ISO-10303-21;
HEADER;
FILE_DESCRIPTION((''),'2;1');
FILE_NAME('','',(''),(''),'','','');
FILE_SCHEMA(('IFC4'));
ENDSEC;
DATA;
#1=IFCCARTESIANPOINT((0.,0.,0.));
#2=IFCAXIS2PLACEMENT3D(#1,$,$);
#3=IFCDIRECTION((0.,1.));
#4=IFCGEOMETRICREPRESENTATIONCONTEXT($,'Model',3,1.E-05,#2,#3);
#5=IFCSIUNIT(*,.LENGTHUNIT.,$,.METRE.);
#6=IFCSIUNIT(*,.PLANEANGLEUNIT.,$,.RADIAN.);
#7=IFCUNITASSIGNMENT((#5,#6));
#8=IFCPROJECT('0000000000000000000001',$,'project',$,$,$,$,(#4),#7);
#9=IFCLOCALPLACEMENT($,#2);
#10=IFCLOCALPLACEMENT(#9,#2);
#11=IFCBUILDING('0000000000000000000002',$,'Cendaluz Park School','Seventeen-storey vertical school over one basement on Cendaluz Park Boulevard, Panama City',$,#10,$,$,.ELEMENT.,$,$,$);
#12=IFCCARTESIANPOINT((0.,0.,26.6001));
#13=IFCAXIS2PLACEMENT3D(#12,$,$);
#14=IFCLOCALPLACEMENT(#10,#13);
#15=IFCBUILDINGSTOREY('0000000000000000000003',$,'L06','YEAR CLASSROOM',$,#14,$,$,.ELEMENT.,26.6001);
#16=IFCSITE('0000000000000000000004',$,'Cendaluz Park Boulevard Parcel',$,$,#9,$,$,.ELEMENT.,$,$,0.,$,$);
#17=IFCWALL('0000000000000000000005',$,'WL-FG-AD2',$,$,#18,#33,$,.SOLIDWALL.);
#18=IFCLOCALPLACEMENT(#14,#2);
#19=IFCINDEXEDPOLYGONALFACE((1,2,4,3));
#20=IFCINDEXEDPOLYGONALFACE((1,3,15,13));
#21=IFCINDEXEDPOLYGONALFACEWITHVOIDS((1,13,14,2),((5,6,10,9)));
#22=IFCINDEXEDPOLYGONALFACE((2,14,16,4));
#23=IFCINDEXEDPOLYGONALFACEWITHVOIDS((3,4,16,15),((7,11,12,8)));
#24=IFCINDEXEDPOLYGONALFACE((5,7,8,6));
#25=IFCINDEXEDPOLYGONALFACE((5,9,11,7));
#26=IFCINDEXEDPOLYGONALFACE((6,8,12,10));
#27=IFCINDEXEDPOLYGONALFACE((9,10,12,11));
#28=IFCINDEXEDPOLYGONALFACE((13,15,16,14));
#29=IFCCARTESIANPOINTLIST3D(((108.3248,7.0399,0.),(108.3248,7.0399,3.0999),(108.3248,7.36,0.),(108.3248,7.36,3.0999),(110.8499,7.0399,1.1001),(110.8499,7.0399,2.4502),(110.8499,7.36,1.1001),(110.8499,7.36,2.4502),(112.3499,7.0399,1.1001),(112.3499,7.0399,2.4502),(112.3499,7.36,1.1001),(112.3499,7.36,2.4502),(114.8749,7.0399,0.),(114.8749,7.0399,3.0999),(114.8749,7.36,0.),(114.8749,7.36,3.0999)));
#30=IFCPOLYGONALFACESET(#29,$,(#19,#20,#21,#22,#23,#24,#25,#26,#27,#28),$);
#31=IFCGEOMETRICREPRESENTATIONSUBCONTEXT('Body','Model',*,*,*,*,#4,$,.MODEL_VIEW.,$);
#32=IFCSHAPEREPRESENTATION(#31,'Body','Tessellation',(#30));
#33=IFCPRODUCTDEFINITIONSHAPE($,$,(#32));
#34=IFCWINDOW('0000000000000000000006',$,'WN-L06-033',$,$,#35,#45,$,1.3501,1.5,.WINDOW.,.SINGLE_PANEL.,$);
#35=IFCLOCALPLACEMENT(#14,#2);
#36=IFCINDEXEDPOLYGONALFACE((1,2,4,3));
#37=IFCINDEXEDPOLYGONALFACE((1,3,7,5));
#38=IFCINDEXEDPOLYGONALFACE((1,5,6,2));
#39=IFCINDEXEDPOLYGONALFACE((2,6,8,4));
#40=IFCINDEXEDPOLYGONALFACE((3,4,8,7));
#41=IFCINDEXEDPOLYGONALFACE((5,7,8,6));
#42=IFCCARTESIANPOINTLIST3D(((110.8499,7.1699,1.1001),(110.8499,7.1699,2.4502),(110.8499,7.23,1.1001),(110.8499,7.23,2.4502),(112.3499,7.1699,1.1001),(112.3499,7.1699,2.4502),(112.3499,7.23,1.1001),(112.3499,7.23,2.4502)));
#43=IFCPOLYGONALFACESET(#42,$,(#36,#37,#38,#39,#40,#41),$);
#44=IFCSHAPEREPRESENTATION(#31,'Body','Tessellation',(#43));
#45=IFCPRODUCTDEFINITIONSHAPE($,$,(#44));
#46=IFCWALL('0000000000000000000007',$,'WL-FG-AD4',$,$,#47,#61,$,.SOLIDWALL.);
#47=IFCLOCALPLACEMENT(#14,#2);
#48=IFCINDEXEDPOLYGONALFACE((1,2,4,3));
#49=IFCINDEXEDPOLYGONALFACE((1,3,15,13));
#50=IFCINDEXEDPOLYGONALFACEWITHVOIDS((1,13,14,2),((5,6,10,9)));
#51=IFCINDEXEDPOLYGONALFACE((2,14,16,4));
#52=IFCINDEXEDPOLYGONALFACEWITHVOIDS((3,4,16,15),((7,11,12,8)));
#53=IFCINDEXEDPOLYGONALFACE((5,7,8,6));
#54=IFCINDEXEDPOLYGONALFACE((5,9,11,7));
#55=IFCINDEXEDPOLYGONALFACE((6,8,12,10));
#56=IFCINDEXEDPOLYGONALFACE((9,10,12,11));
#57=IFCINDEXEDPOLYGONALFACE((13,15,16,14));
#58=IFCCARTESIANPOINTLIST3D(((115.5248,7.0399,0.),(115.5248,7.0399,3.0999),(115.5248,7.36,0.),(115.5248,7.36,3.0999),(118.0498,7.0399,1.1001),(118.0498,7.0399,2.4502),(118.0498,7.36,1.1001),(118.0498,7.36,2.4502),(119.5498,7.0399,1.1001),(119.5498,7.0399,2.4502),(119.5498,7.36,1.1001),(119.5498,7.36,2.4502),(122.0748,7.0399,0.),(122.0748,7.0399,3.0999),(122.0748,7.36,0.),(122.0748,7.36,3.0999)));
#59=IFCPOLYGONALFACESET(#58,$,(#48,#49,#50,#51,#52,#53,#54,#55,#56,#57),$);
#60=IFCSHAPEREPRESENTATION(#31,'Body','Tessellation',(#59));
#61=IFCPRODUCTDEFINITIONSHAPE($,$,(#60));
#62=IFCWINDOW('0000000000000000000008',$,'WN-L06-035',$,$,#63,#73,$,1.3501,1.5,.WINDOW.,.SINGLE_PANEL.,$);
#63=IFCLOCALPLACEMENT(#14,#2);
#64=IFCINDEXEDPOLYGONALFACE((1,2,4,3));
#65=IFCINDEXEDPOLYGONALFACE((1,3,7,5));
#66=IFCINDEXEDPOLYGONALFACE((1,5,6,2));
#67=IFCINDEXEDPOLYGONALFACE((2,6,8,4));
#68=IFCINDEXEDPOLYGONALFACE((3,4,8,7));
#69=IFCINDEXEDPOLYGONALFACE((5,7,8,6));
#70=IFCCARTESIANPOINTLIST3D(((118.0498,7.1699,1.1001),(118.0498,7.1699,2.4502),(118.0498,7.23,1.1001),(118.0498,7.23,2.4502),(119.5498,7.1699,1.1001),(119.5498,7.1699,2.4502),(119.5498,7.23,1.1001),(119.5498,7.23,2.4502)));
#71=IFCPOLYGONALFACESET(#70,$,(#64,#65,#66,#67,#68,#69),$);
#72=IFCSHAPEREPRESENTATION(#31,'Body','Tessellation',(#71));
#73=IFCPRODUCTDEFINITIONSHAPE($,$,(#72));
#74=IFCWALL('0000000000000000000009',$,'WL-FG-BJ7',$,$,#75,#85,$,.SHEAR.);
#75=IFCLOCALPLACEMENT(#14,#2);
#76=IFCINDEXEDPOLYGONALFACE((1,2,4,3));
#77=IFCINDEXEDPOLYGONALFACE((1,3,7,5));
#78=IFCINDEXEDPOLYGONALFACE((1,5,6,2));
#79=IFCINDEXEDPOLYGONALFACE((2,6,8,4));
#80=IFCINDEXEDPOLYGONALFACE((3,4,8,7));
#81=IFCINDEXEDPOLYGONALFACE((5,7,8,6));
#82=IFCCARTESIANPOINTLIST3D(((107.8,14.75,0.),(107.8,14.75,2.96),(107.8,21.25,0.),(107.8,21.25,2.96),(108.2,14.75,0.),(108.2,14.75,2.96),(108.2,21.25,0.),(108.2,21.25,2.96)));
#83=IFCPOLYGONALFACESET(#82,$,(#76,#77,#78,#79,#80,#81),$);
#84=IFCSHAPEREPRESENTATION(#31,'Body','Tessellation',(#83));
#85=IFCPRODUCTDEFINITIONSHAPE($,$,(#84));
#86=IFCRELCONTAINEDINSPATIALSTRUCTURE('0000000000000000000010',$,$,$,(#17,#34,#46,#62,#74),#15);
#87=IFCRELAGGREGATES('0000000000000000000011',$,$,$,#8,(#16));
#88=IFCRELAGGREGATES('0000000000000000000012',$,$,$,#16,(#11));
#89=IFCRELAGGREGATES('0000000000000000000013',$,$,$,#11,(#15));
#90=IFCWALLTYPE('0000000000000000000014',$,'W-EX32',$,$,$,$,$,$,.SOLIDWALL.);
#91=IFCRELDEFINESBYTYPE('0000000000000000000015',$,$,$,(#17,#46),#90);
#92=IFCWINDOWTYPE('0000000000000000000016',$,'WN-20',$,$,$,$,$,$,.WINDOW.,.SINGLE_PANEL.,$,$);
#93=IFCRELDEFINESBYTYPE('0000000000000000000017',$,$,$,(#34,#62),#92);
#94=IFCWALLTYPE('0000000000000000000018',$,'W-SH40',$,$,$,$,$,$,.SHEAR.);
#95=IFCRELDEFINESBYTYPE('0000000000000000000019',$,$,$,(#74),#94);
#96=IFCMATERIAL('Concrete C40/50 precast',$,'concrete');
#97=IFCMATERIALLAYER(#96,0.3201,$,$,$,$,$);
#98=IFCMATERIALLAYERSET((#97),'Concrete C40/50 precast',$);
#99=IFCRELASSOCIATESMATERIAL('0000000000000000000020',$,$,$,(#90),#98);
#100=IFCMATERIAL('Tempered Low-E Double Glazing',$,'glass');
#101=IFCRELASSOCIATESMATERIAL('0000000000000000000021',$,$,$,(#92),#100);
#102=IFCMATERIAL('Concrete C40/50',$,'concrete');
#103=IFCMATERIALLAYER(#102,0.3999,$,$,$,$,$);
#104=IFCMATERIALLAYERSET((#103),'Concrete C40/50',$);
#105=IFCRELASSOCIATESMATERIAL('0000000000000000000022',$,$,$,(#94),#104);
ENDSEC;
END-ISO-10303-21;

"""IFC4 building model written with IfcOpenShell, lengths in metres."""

from ifc_helpers import new_model, si_unit, direction, frame, frame_2d, origin, place, context, subcontext, project, spatial, rectangle, extrude, material, layer, layer_set, type_object, element, fill, save


model = new_model("IFC4")

# Units and contexts
model_context = context("Model", 3, precision=1e-05, world=origin(), true_north=direction((0.0, 1.0)))
body_context = subcontext(model_context, "Body", "Model", "MODEL_VIEW")
ifc_project = project(units=[si_unit("LENGTHUNIT", "METRE"), si_unit("PLANEANGLEUNIT", "RADIAN")], contexts=[model_context])

# Site, building, storey
site_placement = place(None, origin())
site = spatial("IfcSite", under=ifc_project, at=site_placement, Name="Cendaluz Park Boulevard Parcel", CompositionType="ELEMENT", RefElevation=0.0)
building_placement = place(site_placement, origin())
building = spatial("IfcBuilding", under=site, at=building_placement, Name="Cendaluz Park School", Description="Seventeen-storey vertical school over one basement on Cendaluz Park Boulevard, Panama City", CompositionType="ELEMENT")
storey_placement = place(building_placement, frame((0.0, 0.0, 26.6001)))
storey = spatial("IfcBuildingStorey", under=building, at=storey_placement, Name="L06", Description="YEAR CLASSROOM", CompositionType="ELEMENT", Elevation=26.6001)

# Shared definitions
ifc_material_1 = material(Name="Concrete C40/50", Category="concrete")

# Walls, openings, windows
ifc_material_2 = material(Name="Concrete C40/50 precast", Category="concrete")
ifc_layer_1 = layer(ifc_material_2, 0.3201)
ifc_layer_set_1 = layer_set([ifc_layer_1], Name="Concrete C40/50 precast")
wall_type_1 = type_object("IfcWallType", Name="W-EX32", PredefinedType="SOLIDWALL", material=ifc_layer_set_1)
wall_1_placement = place(storey_placement, frame((108.325, 7.2, 0.0), z_axis=(0.0, 0.0, 1.0), x_axis=(1.0, 0.0, 0.0)))
wall_1 = element("IfcWall", 1, at=wall_1_placement, inside=storey, type_object=wall_type_1, Name="WL-FG-AD2", PredefinedType="SOLIDWALL", context=body_context, shape_type="SweptSolid", body=[
    extrude(rectangle(XDim=6.55, YDim=0.3201, at=frame_2d((3.2749, 0.0))), origin(), (0.0, 0.0, 1.0), 3.0999),
])
opening_1_placement = place(wall_1_placement, frame((2.5249, 0.0, 1.1001)))
opening_1 = element("IfcOpeningElement", 2, at=opening_1_placement, cuts=wall_1, PredefinedType="OPENING", context=body_context, shape_type="SweptSolid", body=[
    extrude(rectangle(XDim=1.5, YDim=1.3501, at=frame_2d((0.75, 0.675))), frame((0.0, 0.1721, 0.0), z_axis=(0.0, -1.0, 0.0), x_axis=(1.0, 0.0, 0.0)), (0.0, 0.0, 1.0), 0.344),
])
ifc_material_3 = material(Name="Tempered Low-E Double Glazing", Category="glass")
window_type = type_object("IfcWindowType", Name="WN-20", PartitioningType="SINGLE_PANEL", PredefinedType="WINDOW", material=ifc_material_3)
window_1_placement = place(opening_1_placement, origin())
window_1 = element("IfcWindow", 3, at=window_1_placement, inside=storey, type_object=window_type, Name="WN-L06-033", OverallHeight=1.3501, OverallWidth=1.5, PartitioningType="SINGLE_PANEL", PredefinedType="WINDOW", context=body_context, shape_type="SweptSolid", body=[
    extrude(rectangle(XDim=1.5, YDim=1.3501, at=frame_2d((0.75, 0.675))), frame((0.0, 0.03, 0.0), z_axis=(0.0, -1.0, 0.0), x_axis=(1.0, 0.0, 0.0)), (0.0, 0.0, 1.0), 0.0601),
])
fill(opening_1, window_1)
wall_2_placement = place(storey_placement, frame((115.5249, 7.2, 0.0), z_axis=(0.0, 0.0, 1.0), x_axis=(1.0, 0.0, 0.0)))
wall_2 = element("IfcWall", 4, at=wall_2_placement, inside=storey, type_object=wall_type_1, Name="WL-FG-AD4", PredefinedType="SOLIDWALL", context=body_context, shape_type="SweptSolid", body=[
    extrude(rectangle(XDim=6.55, YDim=0.3201, at=frame_2d((3.2749, 0.0))), origin(), (0.0, 0.0, 1.0), 3.0999),
])
opening_2_placement = place(wall_2_placement, frame((2.5249, 0.0, 1.1001)))
opening_2 = element("IfcOpeningElement", 5, at=opening_2_placement, cuts=wall_2, PredefinedType="OPENING", context=body_context, shape_type="SweptSolid", body=[
    extrude(rectangle(XDim=1.5, YDim=1.3501, at=frame_2d((0.75, 0.675))), frame((0.0, 0.1721, 0.0), z_axis=(0.0, -1.0, 0.0), x_axis=(1.0, 0.0, 0.0)), (0.0, 0.0, 1.0), 0.344),
])
window_2_placement = place(opening_2_placement, origin())
window_2 = element("IfcWindow", 6, at=window_2_placement, inside=storey, type_object=window_type, Name="WN-L06-035", OverallHeight=1.3501, OverallWidth=1.5, PartitioningType="SINGLE_PANEL", PredefinedType="WINDOW", context=body_context, shape_type="SweptSolid", body=[
    extrude(rectangle(XDim=1.5, YDim=1.3501, at=frame_2d((0.75, 0.675))), frame((0.0, 0.03, 0.0), z_axis=(0.0, -1.0, 0.0), x_axis=(1.0, 0.0, 0.0)), (0.0, 0.0, 1.0), 0.0601),
])
fill(opening_2, window_2)

# Wall
ifc_layer_2 = layer(ifc_material_1, 0.3999)
ifc_layer_set_2 = layer_set([ifc_layer_2], Name="Concrete C40/50")
wall_type_2 = type_object("IfcWallType", Name="W-SH40", PredefinedType="SHEAR", material=ifc_layer_set_2)
wall_3_placement = place(storey_placement, frame((108.0, 14.75, 0.0), z_axis=(0.0, 0.0, 1.0), x_axis=(0.0, 1.0, 0.0)))
element("IfcWall", 7, at=wall_3_placement, inside=storey, type_object=wall_type_2, Name="WL-FG-BJ7", PredefinedType="SHEAR", context=body_context, shape_type="SweptSolid", body=[
    extrude(rectangle(XDim=6.5, YDim=0.3999, at=frame_2d((3.25, 0.0))), origin(), (0.0, 0.0, 1.0), 2.96),
])

save(model, "model.ifc")
